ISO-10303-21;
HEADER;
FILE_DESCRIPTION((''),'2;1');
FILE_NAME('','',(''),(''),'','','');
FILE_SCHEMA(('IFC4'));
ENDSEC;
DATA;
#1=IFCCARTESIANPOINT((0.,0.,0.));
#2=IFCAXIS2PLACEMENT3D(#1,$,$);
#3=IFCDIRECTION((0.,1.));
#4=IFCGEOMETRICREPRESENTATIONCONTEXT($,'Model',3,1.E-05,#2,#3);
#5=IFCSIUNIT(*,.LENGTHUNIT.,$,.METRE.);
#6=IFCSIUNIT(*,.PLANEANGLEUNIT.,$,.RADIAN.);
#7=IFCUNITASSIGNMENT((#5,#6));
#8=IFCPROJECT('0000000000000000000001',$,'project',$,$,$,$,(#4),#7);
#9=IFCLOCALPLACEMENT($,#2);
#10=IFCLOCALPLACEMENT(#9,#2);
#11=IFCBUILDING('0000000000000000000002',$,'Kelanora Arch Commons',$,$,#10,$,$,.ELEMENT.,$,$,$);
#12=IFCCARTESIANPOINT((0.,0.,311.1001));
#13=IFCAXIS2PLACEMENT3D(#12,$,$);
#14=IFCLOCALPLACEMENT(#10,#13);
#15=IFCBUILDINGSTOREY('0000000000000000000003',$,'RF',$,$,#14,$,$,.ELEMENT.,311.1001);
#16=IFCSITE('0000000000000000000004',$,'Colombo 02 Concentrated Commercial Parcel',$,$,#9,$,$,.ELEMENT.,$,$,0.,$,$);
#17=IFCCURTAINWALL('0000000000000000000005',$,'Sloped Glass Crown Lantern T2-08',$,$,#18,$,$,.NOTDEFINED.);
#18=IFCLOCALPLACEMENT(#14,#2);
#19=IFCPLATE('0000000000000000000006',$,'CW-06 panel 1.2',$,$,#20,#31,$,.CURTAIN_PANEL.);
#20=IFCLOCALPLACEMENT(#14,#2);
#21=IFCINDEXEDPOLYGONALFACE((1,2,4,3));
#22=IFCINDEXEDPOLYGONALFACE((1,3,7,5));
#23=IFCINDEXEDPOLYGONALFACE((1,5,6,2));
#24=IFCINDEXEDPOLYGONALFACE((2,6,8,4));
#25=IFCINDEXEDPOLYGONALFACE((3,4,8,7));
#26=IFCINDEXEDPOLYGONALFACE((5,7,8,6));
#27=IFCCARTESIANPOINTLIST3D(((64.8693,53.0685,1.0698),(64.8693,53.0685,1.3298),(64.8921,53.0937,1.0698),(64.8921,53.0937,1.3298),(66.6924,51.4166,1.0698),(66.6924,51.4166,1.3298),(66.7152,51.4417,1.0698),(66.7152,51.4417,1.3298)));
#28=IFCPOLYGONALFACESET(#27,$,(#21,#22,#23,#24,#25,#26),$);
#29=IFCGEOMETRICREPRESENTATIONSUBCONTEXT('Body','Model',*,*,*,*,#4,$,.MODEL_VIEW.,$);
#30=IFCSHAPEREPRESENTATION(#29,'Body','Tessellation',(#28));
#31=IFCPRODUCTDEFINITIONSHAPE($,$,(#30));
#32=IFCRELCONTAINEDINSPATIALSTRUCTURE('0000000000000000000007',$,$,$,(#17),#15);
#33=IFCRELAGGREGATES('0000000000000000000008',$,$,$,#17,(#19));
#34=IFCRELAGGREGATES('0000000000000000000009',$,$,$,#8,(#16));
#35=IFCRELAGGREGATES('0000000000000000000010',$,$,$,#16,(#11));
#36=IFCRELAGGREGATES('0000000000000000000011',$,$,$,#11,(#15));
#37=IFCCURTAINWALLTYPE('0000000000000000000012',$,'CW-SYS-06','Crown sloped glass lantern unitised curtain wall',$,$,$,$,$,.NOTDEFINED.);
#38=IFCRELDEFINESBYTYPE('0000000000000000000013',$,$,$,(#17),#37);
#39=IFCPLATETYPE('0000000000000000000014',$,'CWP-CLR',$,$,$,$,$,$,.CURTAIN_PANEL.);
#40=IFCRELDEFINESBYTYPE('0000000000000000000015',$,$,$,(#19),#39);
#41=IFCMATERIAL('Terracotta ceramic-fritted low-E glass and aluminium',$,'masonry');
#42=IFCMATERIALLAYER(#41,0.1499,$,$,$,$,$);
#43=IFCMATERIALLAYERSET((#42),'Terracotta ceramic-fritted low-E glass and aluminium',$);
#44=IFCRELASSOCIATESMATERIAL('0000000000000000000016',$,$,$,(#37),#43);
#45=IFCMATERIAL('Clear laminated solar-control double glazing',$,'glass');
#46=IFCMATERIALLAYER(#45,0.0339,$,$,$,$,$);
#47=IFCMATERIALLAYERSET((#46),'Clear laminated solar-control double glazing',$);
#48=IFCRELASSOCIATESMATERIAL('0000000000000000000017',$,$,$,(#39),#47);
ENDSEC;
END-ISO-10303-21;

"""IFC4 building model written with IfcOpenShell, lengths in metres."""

from ifc_helpers import new_model, si_unit, direction, frame, origin, origin_2d, place, context, subcontext, project, spatial, rectangle, extrude, source, transform, mapped, material, layer, layer_set, type_object, element, aggregate, save


model = new_model("IFC4")

# Units and contexts
model_context = context("Model", 3, precision=1e-05, world=origin(), true_north=direction((0.0, 1.0)))
body_context = subcontext(model_context, "Body", "Model", "MODEL_VIEW")
ifc_project = project(units=[si_unit("LENGTHUNIT", "METRE"), si_unit("PLANEANGLEUNIT", "RADIAN")], contexts=[model_context])

# Site, building, storey
site_placement = place(None, origin())
site = spatial("IfcSite", under=ifc_project, at=site_placement, Name="Colombo 02 Concentrated Commercial Parcel", CompositionType="ELEMENT", RefElevation=0.0)
building_placement = place(site_placement, origin())
building = spatial("IfcBuilding", under=site, at=building_placement, Name="Kelanora Arch Commons", CompositionType="ELEMENT")
storey_placement = place(building_placement, frame((0.0, 0.0, 311.1001)))
storey = spatial("IfcBuildingStorey", under=building, at=storey_placement, Name="RF", CompositionType="ELEMENT", Elevation=311.1001)

# Shared definitions
ifc_material_1 = material(Name="Terracotta ceramic-fritted low-E glass and aluminium", Category="masonry")
ifc_layer_1 = layer(ifc_material_1, 0.1499)
ifc_layer_set_1 = layer_set([ifc_layer_1], Name="Terracotta ceramic-fritted low-E glass and aluminium")
curtain_wall_type = type_object("IfcCurtainWallType", Name="CW-SYS-06", Description="Crown sloped glass lantern unitised curtain wall", PredefinedType="NOTDEFINED", material=ifc_layer_set_1)

# Curtain wall
curtain_wall_1_placement = place(storey_placement, origin())
curtain_wall_1 = element("IfcCurtainWall", 1, at=curtain_wall_1_placement, inside=storey, type_object=curtain_wall_type, Name="Sloped Glass Crown Lantern T2-08", PredefinedType="NOTDEFINED")

# Plate
ifc_material_2 = material(Name="Clear laminated solar-control double glazing", Category="glass")
ifc_layer_2 = layer(ifc_material_2, 0.0339)
ifc_layer_set_2 = layer_set([ifc_layer_2], Name="Clear laminated solar-control double glazing")
plate_type = type_object("IfcPlateType", Name="CWP-CLR", PredefinedType="CURTAIN_PANEL", material=ifc_layer_set_2)
shared_shape_1 = source(origin(), body_context, "Body", "SweptSolid", [
    extrude(rectangle(XDim=2.4602, YDim=0.0339, at=origin_2d()), origin(), (0.0, 0.0, 1.0), 0.26),
])
plate_1_placement = place(storey_placement, frame((65.7922, 52.2551, 1.0698), z_axis=(0.0, 0.0, 1.0), x_axis=(0.741042, -0.671459, 0.0)))
plate_1 = element("IfcPlate", 2, at=plate_1_placement, type_object=plate_type, Name="CW-06 panel 1.2", PredefinedType="CURTAIN_PANEL", context=body_context, shape_type="MappedRepresentation", body=[
    mapped(shared_shape_1, transform((0.0, 0.0, 0.0), scale=1.0)),
])
aggregate(curtain_wall_1, [plate_1])

save(model, "model.ifc")
